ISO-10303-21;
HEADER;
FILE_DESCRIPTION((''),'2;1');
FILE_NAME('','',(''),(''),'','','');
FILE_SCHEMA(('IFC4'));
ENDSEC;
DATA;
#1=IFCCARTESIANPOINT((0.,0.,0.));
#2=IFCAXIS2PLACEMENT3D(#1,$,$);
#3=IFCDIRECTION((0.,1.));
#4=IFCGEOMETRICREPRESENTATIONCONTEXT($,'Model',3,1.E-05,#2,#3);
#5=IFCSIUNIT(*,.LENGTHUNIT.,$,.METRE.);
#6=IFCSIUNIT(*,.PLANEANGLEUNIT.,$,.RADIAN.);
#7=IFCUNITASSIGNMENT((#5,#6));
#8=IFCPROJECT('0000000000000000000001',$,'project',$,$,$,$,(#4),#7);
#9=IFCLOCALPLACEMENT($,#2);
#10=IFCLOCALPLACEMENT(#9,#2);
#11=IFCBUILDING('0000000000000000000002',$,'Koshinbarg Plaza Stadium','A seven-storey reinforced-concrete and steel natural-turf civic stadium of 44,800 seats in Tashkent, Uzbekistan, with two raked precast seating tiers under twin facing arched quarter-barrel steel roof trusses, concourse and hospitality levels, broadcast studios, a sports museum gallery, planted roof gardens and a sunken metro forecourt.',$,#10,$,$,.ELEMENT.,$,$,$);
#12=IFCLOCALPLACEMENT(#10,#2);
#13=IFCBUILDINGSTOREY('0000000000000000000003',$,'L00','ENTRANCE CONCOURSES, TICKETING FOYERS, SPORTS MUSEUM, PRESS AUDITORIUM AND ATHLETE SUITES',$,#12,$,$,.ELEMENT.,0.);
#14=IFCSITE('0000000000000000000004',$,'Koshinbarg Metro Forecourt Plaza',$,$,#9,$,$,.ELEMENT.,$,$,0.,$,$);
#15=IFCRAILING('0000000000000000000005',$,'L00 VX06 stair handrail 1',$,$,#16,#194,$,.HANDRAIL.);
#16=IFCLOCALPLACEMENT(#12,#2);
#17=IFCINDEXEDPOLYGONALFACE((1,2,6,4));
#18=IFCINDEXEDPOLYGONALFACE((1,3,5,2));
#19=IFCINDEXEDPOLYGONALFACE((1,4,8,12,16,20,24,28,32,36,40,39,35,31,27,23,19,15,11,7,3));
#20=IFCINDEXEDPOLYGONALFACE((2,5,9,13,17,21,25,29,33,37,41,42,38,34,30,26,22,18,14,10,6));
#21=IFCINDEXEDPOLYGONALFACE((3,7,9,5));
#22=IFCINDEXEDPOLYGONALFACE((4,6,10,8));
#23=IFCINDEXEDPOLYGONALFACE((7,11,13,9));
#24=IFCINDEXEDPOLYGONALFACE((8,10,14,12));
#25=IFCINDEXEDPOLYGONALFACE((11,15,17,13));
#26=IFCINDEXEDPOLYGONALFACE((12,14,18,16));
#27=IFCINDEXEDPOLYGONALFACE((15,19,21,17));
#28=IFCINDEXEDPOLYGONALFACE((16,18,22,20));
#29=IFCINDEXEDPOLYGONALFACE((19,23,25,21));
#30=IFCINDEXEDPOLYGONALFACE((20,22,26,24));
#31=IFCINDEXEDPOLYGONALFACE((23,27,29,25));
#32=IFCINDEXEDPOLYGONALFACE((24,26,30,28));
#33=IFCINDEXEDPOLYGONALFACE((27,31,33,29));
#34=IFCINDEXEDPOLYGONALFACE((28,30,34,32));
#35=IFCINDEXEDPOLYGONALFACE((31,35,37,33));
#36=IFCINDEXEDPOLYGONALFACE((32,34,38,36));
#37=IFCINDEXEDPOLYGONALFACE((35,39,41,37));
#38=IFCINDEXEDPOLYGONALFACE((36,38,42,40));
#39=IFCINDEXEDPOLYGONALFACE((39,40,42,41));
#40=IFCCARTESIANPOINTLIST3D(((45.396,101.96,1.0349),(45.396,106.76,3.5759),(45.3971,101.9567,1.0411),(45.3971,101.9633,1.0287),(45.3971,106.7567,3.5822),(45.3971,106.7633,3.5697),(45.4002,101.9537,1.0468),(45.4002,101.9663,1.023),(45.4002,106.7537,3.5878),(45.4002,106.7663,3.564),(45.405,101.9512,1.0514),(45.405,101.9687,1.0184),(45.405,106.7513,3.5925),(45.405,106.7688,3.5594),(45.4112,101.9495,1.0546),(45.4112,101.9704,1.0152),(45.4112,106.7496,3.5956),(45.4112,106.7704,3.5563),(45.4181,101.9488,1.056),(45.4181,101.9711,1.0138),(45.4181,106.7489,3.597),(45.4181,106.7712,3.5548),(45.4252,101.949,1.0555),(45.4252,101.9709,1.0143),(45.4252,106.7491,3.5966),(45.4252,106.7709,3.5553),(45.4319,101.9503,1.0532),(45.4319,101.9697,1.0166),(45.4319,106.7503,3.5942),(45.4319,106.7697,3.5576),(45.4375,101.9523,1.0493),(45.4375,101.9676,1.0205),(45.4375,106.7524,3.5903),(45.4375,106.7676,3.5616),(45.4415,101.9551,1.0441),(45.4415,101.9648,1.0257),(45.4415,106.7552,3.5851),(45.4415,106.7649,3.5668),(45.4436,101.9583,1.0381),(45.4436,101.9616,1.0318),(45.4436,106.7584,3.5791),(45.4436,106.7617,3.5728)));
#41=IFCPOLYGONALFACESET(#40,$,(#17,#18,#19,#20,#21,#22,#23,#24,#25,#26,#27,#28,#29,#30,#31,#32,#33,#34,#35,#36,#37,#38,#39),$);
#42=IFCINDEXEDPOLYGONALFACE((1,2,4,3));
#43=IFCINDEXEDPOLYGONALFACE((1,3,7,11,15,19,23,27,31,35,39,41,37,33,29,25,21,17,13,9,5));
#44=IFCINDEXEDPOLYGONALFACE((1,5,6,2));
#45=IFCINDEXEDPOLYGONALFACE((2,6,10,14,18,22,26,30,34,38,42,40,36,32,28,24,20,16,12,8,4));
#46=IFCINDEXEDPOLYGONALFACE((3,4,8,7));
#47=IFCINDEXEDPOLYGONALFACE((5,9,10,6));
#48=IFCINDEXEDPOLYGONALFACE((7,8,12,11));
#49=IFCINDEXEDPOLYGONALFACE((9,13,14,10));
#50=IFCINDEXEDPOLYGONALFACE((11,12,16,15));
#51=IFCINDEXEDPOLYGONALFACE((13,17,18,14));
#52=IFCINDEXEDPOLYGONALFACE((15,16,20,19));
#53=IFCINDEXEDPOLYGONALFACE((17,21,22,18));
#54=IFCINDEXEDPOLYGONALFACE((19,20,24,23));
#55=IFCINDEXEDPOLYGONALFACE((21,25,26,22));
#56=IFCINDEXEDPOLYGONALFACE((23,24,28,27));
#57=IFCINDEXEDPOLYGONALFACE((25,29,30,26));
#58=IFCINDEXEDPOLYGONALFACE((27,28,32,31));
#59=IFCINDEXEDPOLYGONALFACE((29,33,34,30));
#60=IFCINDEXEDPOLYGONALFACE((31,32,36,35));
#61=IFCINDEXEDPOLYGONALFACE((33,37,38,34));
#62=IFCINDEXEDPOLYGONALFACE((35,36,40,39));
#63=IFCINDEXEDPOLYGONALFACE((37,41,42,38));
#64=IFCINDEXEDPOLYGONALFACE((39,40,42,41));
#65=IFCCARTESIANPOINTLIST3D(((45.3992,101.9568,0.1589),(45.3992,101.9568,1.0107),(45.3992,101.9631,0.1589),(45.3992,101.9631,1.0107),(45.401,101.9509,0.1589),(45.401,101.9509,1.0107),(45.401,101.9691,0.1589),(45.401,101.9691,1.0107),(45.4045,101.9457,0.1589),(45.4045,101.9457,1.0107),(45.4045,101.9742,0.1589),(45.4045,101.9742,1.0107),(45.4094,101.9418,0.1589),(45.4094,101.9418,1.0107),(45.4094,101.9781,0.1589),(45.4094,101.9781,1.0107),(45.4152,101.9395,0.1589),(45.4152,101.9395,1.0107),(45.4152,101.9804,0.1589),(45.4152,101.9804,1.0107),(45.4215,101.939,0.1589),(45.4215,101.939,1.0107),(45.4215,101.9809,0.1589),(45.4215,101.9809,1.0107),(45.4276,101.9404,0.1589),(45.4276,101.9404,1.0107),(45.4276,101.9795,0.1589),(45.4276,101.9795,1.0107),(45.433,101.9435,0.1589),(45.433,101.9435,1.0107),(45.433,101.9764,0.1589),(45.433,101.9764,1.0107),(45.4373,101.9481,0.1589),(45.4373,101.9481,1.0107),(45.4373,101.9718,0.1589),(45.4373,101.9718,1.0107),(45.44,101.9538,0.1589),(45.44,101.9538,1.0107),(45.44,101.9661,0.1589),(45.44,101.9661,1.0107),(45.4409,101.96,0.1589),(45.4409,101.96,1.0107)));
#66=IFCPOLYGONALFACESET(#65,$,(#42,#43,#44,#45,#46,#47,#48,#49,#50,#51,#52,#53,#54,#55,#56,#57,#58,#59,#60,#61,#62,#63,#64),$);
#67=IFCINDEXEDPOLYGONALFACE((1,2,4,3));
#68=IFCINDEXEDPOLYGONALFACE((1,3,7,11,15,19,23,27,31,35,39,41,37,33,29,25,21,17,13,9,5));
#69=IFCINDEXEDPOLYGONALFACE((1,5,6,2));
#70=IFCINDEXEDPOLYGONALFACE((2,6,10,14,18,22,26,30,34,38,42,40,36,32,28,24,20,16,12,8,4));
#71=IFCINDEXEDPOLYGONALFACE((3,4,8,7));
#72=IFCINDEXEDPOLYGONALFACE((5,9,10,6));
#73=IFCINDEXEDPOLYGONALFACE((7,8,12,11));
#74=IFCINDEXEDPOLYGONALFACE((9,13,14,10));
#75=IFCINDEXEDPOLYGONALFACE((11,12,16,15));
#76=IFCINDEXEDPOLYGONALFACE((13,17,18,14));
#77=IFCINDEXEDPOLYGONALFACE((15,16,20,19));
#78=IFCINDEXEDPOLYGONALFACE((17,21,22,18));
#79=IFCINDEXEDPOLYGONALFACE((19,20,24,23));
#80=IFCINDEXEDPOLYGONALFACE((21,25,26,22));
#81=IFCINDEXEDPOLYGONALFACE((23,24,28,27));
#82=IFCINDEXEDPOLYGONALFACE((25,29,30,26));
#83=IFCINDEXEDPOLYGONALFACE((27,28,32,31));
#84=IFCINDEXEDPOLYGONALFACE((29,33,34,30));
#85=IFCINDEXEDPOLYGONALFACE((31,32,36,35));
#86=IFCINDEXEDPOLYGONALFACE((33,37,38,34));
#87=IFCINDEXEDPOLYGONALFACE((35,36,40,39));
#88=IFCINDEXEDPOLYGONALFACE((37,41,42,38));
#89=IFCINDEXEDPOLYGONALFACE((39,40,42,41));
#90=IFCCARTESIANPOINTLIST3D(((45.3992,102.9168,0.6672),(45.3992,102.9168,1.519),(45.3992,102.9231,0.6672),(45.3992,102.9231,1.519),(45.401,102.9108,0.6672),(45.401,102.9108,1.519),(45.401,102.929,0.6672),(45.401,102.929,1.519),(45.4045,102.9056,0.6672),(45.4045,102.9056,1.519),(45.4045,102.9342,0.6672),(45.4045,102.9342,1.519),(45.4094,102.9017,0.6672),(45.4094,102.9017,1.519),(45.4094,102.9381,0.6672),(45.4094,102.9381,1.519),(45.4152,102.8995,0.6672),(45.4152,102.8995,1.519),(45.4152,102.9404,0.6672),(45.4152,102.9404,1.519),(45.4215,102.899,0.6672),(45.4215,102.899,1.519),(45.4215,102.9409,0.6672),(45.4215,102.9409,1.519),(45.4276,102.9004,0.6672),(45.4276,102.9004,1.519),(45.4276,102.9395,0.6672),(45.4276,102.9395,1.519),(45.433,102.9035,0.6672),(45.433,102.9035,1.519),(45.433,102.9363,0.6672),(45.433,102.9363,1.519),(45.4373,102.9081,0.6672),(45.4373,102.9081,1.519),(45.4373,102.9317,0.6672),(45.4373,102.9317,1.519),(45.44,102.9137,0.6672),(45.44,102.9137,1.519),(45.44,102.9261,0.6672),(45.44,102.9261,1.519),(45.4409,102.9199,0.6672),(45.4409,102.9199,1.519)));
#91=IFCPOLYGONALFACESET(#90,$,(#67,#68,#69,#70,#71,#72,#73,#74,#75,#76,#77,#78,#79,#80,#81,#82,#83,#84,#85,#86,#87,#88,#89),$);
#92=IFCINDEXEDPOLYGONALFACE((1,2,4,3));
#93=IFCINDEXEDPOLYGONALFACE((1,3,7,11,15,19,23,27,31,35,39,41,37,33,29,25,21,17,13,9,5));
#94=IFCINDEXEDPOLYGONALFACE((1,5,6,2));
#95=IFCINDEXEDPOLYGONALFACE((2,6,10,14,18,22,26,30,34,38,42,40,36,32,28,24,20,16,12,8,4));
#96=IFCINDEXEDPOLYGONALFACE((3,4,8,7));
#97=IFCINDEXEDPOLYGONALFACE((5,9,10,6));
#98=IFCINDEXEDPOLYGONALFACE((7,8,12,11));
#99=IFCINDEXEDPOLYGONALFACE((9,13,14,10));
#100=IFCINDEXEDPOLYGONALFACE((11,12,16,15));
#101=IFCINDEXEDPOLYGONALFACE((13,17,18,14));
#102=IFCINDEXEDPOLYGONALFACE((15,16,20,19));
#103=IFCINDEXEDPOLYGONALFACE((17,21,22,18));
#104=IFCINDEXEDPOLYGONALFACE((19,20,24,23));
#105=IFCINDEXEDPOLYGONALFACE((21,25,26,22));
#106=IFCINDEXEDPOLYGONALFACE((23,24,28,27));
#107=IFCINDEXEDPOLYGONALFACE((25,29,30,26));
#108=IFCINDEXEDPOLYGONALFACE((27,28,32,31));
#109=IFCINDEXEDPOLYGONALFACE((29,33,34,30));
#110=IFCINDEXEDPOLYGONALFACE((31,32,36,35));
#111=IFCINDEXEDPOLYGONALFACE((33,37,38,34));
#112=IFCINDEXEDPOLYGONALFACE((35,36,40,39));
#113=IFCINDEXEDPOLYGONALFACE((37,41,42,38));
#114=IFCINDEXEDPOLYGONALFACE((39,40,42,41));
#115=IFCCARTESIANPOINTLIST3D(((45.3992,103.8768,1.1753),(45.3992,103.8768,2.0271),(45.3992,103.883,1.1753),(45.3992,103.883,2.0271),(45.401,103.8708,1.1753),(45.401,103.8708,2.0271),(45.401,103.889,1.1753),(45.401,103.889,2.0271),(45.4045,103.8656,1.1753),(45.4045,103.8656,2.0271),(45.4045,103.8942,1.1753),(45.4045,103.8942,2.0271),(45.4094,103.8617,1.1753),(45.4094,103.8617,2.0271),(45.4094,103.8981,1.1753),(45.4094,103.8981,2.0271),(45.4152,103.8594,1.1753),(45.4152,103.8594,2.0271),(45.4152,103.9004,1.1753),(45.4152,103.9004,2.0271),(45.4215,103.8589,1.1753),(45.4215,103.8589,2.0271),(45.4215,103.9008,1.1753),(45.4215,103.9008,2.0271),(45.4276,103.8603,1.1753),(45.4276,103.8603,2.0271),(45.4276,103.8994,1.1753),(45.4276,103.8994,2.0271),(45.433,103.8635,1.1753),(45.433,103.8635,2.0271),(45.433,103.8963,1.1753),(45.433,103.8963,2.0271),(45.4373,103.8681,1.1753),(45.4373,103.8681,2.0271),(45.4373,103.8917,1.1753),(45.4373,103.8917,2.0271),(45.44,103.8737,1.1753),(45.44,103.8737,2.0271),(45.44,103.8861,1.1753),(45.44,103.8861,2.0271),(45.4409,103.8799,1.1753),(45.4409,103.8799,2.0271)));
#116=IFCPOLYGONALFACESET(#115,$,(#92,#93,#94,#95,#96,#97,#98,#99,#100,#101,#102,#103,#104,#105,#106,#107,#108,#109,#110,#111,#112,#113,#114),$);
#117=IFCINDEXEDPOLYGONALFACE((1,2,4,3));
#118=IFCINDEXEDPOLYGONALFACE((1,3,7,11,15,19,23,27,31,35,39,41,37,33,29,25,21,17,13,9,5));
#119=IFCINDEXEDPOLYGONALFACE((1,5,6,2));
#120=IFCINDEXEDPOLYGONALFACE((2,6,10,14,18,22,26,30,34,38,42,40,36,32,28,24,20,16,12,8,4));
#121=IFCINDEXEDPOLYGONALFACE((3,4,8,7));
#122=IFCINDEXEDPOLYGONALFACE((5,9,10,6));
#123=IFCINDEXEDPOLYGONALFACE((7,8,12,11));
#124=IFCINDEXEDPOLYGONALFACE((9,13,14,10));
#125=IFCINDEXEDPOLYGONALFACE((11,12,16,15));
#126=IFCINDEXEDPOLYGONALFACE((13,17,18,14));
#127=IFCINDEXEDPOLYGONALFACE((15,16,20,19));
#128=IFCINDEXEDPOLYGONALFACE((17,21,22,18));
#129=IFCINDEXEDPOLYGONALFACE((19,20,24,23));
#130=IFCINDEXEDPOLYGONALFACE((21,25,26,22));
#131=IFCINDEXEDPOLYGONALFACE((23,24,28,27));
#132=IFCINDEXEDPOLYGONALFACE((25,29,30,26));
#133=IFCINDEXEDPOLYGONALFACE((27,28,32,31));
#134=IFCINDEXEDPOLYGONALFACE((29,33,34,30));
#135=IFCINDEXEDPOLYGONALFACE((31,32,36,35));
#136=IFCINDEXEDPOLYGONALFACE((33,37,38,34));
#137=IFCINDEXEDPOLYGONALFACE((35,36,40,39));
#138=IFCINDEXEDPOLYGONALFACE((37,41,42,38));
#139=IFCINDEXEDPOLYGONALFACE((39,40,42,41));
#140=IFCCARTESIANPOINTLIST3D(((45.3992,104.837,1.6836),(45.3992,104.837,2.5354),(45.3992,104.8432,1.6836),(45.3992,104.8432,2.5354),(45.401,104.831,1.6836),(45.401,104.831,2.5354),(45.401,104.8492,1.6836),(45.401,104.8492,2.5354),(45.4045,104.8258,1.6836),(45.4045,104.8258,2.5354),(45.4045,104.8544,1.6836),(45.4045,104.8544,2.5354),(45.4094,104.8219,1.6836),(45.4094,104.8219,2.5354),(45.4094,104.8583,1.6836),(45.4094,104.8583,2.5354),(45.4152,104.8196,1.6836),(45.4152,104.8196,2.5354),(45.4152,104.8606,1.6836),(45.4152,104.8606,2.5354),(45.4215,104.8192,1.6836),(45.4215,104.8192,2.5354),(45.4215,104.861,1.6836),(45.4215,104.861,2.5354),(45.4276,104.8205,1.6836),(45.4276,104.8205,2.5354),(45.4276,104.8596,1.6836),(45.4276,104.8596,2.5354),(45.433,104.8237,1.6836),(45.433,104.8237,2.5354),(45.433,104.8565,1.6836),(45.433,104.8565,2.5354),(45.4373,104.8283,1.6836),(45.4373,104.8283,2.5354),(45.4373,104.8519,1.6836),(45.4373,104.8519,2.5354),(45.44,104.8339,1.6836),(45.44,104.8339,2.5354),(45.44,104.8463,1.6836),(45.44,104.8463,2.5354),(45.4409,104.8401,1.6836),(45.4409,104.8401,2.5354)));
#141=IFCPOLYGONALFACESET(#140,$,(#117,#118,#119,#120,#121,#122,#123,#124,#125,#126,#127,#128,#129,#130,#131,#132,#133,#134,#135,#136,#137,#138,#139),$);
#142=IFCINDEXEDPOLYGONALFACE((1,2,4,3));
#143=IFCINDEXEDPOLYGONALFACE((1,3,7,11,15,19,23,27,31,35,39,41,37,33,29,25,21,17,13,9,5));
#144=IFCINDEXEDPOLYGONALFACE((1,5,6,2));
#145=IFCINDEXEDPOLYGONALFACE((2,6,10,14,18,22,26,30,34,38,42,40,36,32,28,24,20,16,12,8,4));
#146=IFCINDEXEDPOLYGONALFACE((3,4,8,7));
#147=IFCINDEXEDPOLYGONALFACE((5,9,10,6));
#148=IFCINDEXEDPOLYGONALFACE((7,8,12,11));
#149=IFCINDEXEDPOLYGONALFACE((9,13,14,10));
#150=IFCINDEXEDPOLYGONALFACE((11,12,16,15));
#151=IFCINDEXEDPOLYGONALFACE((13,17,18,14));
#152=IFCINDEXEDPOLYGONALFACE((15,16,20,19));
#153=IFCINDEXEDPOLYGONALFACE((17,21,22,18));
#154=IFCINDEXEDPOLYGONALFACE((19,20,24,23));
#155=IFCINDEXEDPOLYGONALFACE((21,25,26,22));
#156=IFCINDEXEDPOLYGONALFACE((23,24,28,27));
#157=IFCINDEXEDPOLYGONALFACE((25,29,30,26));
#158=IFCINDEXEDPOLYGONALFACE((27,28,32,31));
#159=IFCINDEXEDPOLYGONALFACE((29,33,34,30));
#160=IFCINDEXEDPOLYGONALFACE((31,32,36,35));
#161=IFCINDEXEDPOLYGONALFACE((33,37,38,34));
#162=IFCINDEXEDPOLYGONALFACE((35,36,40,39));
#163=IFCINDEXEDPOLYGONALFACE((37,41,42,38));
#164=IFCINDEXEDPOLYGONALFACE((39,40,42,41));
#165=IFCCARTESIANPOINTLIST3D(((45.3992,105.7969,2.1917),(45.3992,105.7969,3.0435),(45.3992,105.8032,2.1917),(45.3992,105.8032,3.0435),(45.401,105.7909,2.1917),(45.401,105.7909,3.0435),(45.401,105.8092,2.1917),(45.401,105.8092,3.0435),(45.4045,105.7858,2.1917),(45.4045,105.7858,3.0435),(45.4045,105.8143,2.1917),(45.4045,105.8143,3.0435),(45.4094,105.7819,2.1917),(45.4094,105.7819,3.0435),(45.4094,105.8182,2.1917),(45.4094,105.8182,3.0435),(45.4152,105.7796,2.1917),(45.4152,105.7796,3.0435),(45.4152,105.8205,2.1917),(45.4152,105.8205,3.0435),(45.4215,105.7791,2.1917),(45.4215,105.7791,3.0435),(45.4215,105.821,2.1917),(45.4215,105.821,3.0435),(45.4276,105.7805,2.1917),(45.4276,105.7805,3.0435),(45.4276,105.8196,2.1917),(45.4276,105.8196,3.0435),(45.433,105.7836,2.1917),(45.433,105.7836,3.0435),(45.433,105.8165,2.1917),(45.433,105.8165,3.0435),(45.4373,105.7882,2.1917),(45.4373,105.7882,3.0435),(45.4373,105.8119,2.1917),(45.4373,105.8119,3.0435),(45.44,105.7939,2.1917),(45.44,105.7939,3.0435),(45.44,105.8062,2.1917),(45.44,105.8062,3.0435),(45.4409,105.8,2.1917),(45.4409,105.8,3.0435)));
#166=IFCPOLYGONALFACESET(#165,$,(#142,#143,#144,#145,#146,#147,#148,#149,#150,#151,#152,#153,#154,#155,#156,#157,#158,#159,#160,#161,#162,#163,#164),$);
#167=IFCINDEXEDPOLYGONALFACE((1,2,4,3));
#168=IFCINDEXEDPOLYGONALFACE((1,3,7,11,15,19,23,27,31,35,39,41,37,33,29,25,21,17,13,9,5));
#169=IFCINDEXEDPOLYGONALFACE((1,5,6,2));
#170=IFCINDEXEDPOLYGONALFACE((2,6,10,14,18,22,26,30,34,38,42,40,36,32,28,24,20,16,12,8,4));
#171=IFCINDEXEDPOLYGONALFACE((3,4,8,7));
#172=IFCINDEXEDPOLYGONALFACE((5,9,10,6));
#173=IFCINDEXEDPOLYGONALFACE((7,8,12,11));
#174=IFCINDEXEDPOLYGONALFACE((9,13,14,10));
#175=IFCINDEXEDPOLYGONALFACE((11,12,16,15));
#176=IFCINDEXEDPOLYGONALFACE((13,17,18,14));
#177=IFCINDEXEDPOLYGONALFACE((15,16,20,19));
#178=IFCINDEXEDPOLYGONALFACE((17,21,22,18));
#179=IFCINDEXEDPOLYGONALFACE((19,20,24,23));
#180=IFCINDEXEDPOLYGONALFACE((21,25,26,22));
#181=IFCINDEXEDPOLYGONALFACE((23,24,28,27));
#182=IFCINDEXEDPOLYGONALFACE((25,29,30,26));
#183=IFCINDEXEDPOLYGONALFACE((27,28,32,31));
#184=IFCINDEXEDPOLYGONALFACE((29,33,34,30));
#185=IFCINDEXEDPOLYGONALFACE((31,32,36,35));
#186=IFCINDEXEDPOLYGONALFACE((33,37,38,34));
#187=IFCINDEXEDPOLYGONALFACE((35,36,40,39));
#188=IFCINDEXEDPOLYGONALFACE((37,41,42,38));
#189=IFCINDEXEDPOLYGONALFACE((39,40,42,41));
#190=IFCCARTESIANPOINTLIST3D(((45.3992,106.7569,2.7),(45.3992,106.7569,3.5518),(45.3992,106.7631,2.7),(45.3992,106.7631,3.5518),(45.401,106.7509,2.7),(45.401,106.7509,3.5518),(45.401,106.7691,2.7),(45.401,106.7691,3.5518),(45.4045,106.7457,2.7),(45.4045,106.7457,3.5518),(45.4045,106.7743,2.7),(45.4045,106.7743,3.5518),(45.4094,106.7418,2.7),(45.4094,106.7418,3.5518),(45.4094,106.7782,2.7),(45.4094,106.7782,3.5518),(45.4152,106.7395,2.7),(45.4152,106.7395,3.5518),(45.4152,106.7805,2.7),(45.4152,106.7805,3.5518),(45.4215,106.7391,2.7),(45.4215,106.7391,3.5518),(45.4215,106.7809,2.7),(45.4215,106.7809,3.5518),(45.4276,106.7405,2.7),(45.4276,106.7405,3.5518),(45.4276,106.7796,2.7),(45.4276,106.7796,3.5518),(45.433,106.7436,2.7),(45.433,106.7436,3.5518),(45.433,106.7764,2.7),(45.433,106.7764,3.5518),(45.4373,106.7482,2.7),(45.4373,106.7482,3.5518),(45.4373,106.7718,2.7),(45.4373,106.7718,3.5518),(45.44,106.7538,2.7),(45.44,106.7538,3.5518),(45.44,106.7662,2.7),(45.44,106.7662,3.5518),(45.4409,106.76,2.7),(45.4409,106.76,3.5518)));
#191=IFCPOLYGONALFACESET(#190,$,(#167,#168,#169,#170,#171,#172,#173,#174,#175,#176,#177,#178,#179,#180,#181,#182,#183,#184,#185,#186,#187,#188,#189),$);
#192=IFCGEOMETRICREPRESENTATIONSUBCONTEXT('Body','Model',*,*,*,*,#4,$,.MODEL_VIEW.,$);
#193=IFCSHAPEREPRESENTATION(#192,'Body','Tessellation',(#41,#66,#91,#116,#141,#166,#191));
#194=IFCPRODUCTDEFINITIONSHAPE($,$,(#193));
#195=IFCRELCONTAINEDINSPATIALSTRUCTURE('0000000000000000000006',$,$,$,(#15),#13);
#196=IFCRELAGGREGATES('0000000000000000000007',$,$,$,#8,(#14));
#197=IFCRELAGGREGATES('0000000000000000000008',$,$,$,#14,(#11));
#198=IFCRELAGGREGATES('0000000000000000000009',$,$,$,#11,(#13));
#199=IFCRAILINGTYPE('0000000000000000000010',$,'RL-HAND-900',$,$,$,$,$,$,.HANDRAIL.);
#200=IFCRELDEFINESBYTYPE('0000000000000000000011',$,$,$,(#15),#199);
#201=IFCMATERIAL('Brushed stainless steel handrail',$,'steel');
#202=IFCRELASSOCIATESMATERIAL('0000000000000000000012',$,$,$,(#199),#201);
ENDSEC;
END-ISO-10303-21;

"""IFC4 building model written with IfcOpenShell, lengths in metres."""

from ifc_helpers import new_model, si_unit, direction, frame, origin, origin_2d, place, context, subcontext, project, spatial, circle, extrude, material, type_object, element, save


model = new_model("IFC4")

# Units and contexts
model_context = context("Model", 3, precision=1e-05, world=origin(), true_north=direction((0.0, 1.0)))
body_context = subcontext(model_context, "Body", "Model", "MODEL_VIEW")
ifc_project = project(units=[si_unit("LENGTHUNIT", "METRE"), si_unit("PLANEANGLEUNIT", "RADIAN")], contexts=[model_context])

# Site, building, storey
site_placement = place(None, origin())
site = spatial("IfcSite", under=ifc_project, at=site_placement, Name="Koshinbarg Metro Forecourt Plaza", CompositionType="ELEMENT", RefElevation=0.0)
building_placement = place(site_placement, origin())
building = spatial("IfcBuilding", under=site, at=building_placement, Name="Koshinbarg Plaza Stadium", Description="A seven-storey reinforced-concrete and steel natural-turf civic stadium of 44,800 seats in Tashkent, Uzbekistan, with two raked precast seating tiers under twin facing arched quarter-barrel steel roof trusses, concourse and hospitality levels, broadcast studios, a sports museum gallery, planted roof gardens and a sunken metro forecourt.", CompositionType="ELEMENT")
storey_placement = place(building_placement, origin())
storey = spatial("IfcBuildingStorey", under=building, at=storey_placement, Name="L00", Description="ENTRANCE CONCOURSES, TICKETING FOYERS, SPORTS MUSEUM, PRESS AUDITORIUM AND ATHLETE SUITES", CompositionType="ELEMENT", Elevation=0.0)

# Railing
ifc_material_1 = material(Name="Brushed stainless steel handrail", Category="steel")
railing_type_1 = type_object("IfcRailingType", Name="RL-HAND-900", PredefinedType="HANDRAIL", material=ifc_material_1)
railing_1_placement = place(storey_placement, frame((45.4199, 101.96, 0.1589)))
element("IfcRailing", 1, at=railing_1_placement, inside=storey, type_object=railing_type_1, Name="L00 VX06 stair handrail 1", PredefinedType="HANDRAIL", context=body_context, shape_type="SweptSolid", body=[
    extrude(circle(Radius=0.0239, at=origin_2d()), frame((0.0, 0.0, 0.876), z_axis=(0.0, 0.883802, 0.467861), x_axis=(-1.0, 0.0, 0.0)), (0.0, 0.0, 1.0), 5.4312),
    extrude(circle(Radius=0.021, at=origin_2d()), origin(), (0.0, 0.0, 1.0), 0.8518),
    extrude(circle(Radius=0.021, at=origin_2d()), frame((0.0, 0.96, 0.5083)), (0.0, 0.0, 1.0), 0.8518),
    extrude(circle(Radius=0.021, at=origin_2d()), frame((0.0, 1.9199, 1.0164)), (0.0, 0.0, 1.0), 0.8518),
    extrude(circle(Radius=0.021, at=origin_2d()), frame((0.0, 2.8801, 1.5247)), (0.0, 0.0, 1.0), 0.8518),
    extrude(circle(Radius=0.021, at=origin_2d()), frame((0.0, 3.8401, 2.0327)), (0.0, 0.0, 1.0), 0.8518),
    extrude(circle(Radius=0.021, at=origin_2d()), frame((0.0, 4.8, 2.541)), (0.0, 0.0, 1.0), 0.8518),
])

save(model, "model.ifc")
